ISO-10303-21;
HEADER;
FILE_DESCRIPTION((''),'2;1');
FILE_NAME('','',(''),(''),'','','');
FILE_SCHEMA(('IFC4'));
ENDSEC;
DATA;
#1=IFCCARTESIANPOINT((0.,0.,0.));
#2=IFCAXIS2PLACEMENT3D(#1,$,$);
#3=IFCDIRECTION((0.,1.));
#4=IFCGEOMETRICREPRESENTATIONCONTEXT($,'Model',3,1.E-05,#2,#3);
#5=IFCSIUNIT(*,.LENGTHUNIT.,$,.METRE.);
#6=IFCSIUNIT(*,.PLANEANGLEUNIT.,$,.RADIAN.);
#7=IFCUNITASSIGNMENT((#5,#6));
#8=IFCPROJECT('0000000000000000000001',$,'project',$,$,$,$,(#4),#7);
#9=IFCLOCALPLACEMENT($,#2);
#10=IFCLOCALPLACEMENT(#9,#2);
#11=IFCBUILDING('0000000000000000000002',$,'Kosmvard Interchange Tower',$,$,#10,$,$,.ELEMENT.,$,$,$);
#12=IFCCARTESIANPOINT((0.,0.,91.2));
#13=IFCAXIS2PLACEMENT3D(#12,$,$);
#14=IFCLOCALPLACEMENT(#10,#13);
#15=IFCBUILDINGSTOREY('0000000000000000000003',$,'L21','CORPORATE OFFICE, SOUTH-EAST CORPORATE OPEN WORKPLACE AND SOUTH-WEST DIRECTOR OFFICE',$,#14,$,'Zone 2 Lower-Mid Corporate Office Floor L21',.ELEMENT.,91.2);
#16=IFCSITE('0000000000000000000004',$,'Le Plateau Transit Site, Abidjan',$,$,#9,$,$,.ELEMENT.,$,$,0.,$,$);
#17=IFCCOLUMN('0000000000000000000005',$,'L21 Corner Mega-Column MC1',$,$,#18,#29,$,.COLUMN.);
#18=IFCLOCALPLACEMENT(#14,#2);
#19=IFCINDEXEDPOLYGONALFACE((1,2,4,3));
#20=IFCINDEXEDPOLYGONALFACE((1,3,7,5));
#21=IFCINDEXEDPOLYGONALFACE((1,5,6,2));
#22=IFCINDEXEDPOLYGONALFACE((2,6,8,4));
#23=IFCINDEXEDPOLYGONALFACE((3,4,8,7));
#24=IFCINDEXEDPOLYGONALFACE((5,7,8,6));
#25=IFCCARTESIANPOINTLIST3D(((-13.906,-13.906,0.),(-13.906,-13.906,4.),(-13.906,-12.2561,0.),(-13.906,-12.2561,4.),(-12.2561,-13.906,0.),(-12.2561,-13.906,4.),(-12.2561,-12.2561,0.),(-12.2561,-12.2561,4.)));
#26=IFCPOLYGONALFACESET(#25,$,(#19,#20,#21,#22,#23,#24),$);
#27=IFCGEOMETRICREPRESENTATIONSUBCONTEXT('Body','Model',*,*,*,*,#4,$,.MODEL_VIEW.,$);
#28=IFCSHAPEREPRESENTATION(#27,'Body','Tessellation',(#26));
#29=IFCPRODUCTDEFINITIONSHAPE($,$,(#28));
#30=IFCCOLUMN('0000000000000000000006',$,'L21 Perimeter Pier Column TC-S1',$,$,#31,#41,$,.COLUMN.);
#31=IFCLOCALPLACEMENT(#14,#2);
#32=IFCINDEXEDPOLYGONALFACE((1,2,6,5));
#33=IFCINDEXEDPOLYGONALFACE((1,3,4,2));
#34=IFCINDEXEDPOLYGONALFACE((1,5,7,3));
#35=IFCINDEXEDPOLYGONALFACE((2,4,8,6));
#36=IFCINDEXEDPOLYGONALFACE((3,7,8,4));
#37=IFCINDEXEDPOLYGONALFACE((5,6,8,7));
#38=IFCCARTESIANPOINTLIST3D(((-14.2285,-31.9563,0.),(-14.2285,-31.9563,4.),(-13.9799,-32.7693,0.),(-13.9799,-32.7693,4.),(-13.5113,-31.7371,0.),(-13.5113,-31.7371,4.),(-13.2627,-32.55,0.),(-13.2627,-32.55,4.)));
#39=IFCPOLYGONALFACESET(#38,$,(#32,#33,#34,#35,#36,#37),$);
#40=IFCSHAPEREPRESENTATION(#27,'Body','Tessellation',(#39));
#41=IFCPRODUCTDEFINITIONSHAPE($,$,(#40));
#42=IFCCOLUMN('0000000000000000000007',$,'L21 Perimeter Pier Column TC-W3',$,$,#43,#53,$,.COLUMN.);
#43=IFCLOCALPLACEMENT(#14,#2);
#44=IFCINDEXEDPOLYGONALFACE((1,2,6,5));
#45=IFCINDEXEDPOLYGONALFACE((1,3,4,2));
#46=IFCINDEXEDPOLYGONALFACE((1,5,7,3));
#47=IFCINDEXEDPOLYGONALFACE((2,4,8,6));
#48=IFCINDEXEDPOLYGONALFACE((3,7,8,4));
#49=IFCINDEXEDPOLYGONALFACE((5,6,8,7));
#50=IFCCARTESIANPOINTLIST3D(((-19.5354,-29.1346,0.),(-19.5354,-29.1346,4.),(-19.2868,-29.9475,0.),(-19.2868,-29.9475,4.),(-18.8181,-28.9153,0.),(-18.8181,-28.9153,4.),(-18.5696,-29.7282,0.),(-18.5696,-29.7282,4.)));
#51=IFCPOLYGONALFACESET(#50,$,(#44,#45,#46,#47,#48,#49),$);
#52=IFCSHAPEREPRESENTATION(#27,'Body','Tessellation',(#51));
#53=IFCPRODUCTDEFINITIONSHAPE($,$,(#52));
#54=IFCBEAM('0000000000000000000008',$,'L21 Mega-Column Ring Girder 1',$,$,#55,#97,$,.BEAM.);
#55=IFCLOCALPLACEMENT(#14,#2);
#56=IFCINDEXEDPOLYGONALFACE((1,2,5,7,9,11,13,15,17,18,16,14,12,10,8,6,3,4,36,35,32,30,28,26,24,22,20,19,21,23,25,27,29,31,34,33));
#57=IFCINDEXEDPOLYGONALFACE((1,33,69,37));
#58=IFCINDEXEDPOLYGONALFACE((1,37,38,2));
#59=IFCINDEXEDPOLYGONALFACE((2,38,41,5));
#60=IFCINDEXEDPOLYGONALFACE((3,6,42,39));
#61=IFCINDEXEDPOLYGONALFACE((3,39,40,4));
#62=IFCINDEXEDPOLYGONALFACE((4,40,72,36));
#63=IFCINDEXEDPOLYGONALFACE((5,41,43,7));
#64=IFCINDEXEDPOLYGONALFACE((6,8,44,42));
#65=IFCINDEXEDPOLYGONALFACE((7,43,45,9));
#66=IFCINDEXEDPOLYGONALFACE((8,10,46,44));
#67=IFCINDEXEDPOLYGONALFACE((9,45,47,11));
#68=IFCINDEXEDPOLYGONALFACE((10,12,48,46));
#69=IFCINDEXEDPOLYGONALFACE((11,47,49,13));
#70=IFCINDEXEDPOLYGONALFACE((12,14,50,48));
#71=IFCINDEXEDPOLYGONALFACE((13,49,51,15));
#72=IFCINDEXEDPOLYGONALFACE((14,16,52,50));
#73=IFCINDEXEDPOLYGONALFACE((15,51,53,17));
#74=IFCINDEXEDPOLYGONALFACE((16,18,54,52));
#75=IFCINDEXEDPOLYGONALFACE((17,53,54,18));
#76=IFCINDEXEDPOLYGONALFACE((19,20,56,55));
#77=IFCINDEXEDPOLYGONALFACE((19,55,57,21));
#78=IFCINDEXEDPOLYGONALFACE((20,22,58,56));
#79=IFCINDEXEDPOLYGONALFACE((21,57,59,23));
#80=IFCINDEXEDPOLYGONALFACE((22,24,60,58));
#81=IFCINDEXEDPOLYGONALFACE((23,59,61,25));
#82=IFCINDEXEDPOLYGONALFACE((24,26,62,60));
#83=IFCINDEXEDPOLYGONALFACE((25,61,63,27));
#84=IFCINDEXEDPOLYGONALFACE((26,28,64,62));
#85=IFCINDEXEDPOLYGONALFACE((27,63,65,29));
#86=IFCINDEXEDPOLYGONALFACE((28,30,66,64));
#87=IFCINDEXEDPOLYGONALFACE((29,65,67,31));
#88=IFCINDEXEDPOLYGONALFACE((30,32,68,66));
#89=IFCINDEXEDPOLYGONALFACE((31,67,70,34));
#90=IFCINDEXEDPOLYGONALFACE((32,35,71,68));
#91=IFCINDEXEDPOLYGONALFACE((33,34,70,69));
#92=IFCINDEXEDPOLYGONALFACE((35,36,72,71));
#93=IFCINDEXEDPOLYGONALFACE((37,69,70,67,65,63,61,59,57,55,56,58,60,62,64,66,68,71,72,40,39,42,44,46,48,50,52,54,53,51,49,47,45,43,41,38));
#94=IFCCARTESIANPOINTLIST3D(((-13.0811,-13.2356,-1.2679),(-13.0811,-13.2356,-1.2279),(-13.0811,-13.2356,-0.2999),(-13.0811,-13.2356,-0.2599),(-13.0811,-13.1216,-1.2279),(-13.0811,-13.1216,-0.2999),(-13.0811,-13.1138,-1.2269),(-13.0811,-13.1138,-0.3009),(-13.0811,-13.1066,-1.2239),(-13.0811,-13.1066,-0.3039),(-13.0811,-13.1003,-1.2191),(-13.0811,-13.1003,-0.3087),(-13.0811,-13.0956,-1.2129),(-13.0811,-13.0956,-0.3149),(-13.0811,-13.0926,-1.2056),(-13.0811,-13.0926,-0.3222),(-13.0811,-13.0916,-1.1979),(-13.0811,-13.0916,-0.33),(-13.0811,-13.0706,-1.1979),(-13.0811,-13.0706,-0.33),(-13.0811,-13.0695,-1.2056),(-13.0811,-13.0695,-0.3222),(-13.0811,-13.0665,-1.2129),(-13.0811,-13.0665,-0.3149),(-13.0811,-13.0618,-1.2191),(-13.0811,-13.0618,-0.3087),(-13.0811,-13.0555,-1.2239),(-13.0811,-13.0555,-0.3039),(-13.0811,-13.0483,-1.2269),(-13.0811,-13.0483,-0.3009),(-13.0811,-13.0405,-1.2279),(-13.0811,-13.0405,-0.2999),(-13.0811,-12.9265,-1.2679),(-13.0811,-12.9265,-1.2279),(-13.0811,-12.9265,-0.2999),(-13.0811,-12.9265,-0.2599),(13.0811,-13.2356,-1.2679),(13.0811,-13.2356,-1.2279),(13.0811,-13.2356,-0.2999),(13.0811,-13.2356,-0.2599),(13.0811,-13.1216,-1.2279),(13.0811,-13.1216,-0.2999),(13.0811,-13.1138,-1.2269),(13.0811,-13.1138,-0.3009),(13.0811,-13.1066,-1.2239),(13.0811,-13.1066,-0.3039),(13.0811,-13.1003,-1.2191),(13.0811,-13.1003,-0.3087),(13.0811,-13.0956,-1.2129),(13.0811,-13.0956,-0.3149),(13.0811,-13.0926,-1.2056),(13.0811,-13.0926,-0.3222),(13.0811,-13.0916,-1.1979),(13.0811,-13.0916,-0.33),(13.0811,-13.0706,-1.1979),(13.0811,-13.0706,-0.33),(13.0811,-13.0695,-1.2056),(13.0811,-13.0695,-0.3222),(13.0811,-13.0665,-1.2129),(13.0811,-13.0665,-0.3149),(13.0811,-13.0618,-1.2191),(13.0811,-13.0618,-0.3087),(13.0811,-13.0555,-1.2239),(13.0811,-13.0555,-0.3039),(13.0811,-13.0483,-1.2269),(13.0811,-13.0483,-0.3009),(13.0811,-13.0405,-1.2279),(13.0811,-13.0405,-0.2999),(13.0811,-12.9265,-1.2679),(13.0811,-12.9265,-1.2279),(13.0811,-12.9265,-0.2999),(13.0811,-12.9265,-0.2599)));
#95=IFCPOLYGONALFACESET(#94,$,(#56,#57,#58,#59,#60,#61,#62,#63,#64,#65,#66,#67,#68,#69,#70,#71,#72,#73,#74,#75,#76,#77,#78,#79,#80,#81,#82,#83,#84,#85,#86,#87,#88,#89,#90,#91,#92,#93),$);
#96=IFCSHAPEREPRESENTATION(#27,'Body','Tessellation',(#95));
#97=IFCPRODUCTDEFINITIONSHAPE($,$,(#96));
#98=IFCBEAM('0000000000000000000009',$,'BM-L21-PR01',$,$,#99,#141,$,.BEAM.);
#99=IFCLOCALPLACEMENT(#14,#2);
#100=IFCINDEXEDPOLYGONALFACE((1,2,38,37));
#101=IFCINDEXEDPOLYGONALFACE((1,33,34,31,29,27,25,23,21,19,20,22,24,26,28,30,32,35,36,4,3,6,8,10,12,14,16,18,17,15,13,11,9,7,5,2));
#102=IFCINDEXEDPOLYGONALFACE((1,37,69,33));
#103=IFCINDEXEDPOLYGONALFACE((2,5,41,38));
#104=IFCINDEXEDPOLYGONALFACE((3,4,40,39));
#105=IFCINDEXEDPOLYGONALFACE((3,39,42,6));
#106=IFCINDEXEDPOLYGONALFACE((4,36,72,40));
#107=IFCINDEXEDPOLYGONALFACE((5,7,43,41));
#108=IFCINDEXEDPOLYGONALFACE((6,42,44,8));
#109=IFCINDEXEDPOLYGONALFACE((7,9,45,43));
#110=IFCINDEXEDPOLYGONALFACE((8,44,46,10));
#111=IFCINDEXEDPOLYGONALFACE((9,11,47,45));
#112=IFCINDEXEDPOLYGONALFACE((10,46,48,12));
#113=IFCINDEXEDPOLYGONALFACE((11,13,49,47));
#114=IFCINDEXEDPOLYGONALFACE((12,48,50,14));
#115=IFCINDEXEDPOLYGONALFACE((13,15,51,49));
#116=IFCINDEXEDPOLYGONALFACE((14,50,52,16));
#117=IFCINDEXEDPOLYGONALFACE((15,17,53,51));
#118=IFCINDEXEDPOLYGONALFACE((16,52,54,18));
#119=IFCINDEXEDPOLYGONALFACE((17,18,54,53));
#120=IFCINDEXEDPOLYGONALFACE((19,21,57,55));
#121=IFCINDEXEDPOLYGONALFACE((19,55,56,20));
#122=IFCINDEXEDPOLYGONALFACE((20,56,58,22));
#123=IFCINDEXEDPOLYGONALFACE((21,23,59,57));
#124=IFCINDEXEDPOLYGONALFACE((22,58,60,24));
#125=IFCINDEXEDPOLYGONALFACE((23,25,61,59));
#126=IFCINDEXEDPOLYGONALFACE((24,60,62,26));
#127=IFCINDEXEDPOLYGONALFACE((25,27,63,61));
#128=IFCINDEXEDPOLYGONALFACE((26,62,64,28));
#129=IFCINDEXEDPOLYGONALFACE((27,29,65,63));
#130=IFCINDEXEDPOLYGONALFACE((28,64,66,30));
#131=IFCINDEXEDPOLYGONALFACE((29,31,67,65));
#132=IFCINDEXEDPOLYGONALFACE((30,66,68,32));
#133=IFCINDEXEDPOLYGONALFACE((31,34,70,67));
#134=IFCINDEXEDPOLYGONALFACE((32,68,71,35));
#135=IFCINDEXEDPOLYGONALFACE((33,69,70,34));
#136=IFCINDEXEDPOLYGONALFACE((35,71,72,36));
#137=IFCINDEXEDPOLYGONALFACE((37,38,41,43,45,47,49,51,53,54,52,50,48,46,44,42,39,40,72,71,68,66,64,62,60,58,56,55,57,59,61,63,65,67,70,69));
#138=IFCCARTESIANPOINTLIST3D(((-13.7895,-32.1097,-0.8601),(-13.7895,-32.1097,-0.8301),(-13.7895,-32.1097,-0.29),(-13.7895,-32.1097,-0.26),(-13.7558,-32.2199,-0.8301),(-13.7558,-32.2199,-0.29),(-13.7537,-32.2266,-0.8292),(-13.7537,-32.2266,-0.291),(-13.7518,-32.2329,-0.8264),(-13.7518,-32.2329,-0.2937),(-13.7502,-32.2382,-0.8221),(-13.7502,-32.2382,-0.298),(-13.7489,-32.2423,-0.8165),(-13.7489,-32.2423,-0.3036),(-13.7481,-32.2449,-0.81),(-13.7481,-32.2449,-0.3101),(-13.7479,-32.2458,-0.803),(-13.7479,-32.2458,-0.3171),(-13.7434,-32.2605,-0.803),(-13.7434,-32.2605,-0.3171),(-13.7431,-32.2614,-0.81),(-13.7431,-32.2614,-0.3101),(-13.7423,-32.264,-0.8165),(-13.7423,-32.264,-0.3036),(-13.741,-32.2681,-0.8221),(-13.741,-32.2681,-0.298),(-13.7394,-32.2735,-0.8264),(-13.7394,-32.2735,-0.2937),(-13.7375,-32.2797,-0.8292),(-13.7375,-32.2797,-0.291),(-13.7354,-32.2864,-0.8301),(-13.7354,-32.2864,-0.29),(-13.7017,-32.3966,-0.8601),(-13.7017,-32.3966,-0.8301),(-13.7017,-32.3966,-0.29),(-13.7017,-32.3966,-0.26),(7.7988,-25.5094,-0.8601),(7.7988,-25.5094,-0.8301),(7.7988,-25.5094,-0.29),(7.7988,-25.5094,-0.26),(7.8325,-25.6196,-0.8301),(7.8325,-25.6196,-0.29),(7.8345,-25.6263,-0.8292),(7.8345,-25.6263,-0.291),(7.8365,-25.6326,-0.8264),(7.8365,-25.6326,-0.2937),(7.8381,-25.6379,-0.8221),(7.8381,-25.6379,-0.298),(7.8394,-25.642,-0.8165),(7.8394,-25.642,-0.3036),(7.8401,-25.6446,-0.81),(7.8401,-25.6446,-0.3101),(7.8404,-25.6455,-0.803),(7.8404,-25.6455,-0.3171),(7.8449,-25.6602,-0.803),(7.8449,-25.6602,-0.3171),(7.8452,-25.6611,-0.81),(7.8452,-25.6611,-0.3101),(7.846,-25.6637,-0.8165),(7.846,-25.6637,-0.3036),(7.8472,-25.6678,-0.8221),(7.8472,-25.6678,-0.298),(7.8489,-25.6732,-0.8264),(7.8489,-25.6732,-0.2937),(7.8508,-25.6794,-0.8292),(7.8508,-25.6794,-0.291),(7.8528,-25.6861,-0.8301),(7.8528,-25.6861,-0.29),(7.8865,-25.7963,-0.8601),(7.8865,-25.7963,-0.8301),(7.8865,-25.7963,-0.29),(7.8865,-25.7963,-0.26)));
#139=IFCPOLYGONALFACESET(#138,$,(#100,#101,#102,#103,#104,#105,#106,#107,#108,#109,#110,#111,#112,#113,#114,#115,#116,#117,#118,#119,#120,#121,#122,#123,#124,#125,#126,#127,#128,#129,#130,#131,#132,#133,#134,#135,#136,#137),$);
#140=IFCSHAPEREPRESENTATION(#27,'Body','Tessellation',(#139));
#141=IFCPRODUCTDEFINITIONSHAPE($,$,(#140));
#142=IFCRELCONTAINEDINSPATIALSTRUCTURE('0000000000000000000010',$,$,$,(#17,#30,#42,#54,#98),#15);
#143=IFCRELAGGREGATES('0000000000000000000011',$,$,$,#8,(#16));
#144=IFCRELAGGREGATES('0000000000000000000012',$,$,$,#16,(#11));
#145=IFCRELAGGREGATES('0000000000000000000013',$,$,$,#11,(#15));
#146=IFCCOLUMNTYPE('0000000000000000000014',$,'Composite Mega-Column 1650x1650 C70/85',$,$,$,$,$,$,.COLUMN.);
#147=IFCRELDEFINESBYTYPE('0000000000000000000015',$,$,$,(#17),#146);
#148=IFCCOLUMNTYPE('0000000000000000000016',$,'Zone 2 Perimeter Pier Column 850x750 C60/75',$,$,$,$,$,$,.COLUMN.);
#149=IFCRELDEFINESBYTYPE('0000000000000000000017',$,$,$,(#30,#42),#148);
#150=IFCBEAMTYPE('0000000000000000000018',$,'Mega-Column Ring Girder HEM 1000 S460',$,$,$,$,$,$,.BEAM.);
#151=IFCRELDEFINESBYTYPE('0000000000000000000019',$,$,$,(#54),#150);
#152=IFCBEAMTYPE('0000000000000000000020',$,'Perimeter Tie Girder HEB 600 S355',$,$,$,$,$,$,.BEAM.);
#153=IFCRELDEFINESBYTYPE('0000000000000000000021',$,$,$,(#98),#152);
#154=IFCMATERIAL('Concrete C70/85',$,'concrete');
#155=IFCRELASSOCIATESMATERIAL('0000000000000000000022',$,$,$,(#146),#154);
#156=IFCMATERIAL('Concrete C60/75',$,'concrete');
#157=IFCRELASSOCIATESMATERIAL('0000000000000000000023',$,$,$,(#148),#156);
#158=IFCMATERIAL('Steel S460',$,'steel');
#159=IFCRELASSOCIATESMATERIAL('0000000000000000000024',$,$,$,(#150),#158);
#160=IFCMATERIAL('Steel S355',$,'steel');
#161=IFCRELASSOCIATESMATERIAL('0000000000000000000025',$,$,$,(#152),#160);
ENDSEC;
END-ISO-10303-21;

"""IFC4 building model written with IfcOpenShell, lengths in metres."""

from ifc_helpers import new_model, si_unit, direction, frame, origin, origin_2d, place, context, subcontext, project, spatial, rectangle, i_section, extrude, source, transform, mapped, material, material_profile, profile_set, type_object, element, save


model = new_model("IFC4")

# Units and contexts
model_context = context("Model", 3, precision=1e-05, world=origin(), true_north=direction((0.0, 1.0)))
body_context = subcontext(model_context, "Body", "Model", "MODEL_VIEW")
ifc_project = project(units=[si_unit("LENGTHUNIT", "METRE"), si_unit("PLANEANGLEUNIT", "RADIAN")], contexts=[model_context])

# Site, building, storey
site_placement = place(None, origin())
site = spatial("IfcSite", under=ifc_project, at=site_placement, Name="Le Plateau Transit Site, Abidjan", CompositionType="ELEMENT", RefElevation=0.0)
building_placement = place(site_placement, origin())
building = spatial("IfcBuilding", under=site, at=building_placement, Name="Kosmvard Interchange Tower", CompositionType="ELEMENT")
storey_placement = place(building_placement, frame((0.0, 0.0, 91.2)))
storey = spatial("IfcBuildingStorey", under=building, at=storey_placement, Name="L21", Description="CORPORATE OFFICE, SOUTH-EAST CORPORATE OPEN WORKPLACE AND SOUTH-WEST DIRECTOR OFFICE", LongName="Zone 2 Lower-Mid Corporate Office Floor L21", CompositionType="ELEMENT", Elevation=91.2)

# Columns
ifc_material_1 = material(Name="Concrete C70/85", Category="concrete")
ifc_material_profile_1 = material_profile(ifc_material_1, rectangle(XDim=1.6499, YDim=1.6499, at=origin_2d()), Name="MC 1650x1650")
ifc_profile_set_1 = profile_set([ifc_material_profile_1], Name="Concrete C70/85")
column_type_1 = type_object("IfcColumnType", Name="Composite Mega-Column 1650x1650 C70/85", PredefinedType="COLUMN", material=ifc_profile_set_1)
shared_shape_1 = source(origin(), body_context, "Body", "SweptSolid", [
    extrude(rectangle(XDim=1.6499, YDim=1.6499, at=origin_2d()), origin(), (0.0, 0.0, 1.0), 4.0),
])
column_placement = place(storey_placement, frame((-13.0811, -13.0811, 0.0), z_axis=(0.0, 0.0, 1.0), x_axis=(1.0, 0.0, 0.0)))
element("IfcColumn", 1, at=column_placement, inside=storey, type_object=column_type_1, Name="L21 Corner Mega-Column MC1", PredefinedType="COLUMN", context=body_context, shape_type="MappedRepresentation", body=[
    mapped(shared_shape_1, transform((0.0, 0.0, 0.0), scale=1.0)),
])
ifc_material_2 = material(Name="Concrete C60/75", Category="concrete")
ifc_material_profile_2 = material_profile(ifc_material_2, rectangle(XDim=0.75, YDim=0.8501, at=origin_2d()), Name="TC 850x750")
ifc_profile_set_2 = profile_set([ifc_material_profile_2], Name="Concrete C60/75")
column_type_2 = type_object("IfcColumnType", Name="Zone 2 Perimeter Pier Column 850x750 C60/75", PredefinedType="COLUMN", material=ifc_profile_set_2)
shared_shape_2 = source(origin(), body_context, "Body", "SweptSolid", [
    extrude(rectangle(XDim=0.75, YDim=0.8501, at=origin_2d()), origin(), (0.0, 0.0, 1.0), 4.0),
])
for number, where, z_axis, x_axis, name in (
    (2, (-13.7456, -32.2532, 0.0), (0.0, 0.0, 1.0), (0.956305, 0.292372, 0.0), "L21 Perimeter Pier Column TC-S1"),
    (3, (-19.0525, -29.4314, 0.0), (0.0, 0.0, 1.0), (0.956305, 0.292372, 0.0), "L21 Perimeter Pier Column TC-W3"),
):
    element("IfcColumn", number, at=place(storey_placement, frame(where, z_axis=z_axis, x_axis=x_axis)), inside=storey, type_object=column_type_2, Name=name, PredefinedType="COLUMN", context=body_context, shape_type="MappedRepresentation", body=[
        mapped(shared_shape_2, transform((0.0, 0.0, 0.0), scale=1.0)),
    ])

# Beams
ifc_material_3 = material(Name="Steel S460", Category="steel")
ifc_material_profile_3 = material_profile(ifc_material_3, i_section(OverallWidth=0.3091, OverallDepth=1.0081, WebThickness=0.021, FlangeThickness=0.04, FilletRadius=0.03, at=origin_2d()), Name="HEM 1000")
ifc_profile_set_3 = profile_set([ifc_material_profile_3], Name="Steel S460")
beam_type_1 = type_object("IfcBeamType", Name="Mega-Column Ring Girder HEM 1000 S460", PredefinedType="BEAM", material=ifc_profile_set_3)
shared_shape_3 = source(origin(), body_context, "Body", "SweptSolid", [
    extrude(i_section(OverallWidth=0.3091, OverallDepth=1.0081, WebThickness=0.021, FlangeThickness=0.04, FilletRadius=0.03, at=origin_2d()), origin(), (0.0, 0.0, 1.0), 26.1621),
])
beam_1_placement = place(storey_placement, frame((-13.0811, -13.0811, -0.7639), z_axis=(1.0, 0.0, 0.0), x_axis=(0.0, 1.0, 0.0)))
element("IfcBeam", 4, at=beam_1_placement, inside=storey, type_object=beam_type_1, Name="L21 Mega-Column Ring Girder 1", PredefinedType="BEAM", context=body_context, shape_type="MappedRepresentation", body=[
    mapped(shared_shape_3, transform((0.0, 0.0, 0.0), scale=1.0)),
])
ifc_material_4 = material(Name="Steel S355", Category="steel")
ifc_material_profile_4 = material_profile(ifc_material_4, i_section(OverallWidth=0.3, OverallDepth=0.6001, WebThickness=0.0154, FlangeThickness=0.03, FilletRadius=0.0271, at=origin_2d()), Name="HEB 600")
ifc_profile_set_4 = profile_set([ifc_material_profile_4], Name="Steel S355")
beam_type_2 = type_object("IfcBeamType", Name="Perimeter Tie Girder HEB 600 S355", PredefinedType="BEAM", material=ifc_profile_set_4)
shared_shape_4 = source(origin(), body_context, "Body", "SweptSolid", [
    extrude(i_section(OverallWidth=0.3, OverallDepth=0.6001, WebThickness=0.0154, FlangeThickness=0.03, FilletRadius=0.0271, at=origin_2d()), origin(), (0.0, 0.0, 1.0), 22.5747),
])
beam_2_placement = place(storey_placement, frame((-13.7456, -32.2532, -0.5601), z_axis=(0.956303, 0.292376, 0.0), x_axis=(-0.292376, 0.956303, 0.0)))
element("IfcBeam", 5, at=beam_2_placement, inside=storey, type_object=beam_type_2, Name="BM-L21-PR01", PredefinedType="BEAM", context=body_context, shape_type="MappedRepresentation", body=[
    mapped(shared_shape_4, transform((0.0, 0.0, 0.0), scale=1.0)),
])

save(model, "model.ifc")
